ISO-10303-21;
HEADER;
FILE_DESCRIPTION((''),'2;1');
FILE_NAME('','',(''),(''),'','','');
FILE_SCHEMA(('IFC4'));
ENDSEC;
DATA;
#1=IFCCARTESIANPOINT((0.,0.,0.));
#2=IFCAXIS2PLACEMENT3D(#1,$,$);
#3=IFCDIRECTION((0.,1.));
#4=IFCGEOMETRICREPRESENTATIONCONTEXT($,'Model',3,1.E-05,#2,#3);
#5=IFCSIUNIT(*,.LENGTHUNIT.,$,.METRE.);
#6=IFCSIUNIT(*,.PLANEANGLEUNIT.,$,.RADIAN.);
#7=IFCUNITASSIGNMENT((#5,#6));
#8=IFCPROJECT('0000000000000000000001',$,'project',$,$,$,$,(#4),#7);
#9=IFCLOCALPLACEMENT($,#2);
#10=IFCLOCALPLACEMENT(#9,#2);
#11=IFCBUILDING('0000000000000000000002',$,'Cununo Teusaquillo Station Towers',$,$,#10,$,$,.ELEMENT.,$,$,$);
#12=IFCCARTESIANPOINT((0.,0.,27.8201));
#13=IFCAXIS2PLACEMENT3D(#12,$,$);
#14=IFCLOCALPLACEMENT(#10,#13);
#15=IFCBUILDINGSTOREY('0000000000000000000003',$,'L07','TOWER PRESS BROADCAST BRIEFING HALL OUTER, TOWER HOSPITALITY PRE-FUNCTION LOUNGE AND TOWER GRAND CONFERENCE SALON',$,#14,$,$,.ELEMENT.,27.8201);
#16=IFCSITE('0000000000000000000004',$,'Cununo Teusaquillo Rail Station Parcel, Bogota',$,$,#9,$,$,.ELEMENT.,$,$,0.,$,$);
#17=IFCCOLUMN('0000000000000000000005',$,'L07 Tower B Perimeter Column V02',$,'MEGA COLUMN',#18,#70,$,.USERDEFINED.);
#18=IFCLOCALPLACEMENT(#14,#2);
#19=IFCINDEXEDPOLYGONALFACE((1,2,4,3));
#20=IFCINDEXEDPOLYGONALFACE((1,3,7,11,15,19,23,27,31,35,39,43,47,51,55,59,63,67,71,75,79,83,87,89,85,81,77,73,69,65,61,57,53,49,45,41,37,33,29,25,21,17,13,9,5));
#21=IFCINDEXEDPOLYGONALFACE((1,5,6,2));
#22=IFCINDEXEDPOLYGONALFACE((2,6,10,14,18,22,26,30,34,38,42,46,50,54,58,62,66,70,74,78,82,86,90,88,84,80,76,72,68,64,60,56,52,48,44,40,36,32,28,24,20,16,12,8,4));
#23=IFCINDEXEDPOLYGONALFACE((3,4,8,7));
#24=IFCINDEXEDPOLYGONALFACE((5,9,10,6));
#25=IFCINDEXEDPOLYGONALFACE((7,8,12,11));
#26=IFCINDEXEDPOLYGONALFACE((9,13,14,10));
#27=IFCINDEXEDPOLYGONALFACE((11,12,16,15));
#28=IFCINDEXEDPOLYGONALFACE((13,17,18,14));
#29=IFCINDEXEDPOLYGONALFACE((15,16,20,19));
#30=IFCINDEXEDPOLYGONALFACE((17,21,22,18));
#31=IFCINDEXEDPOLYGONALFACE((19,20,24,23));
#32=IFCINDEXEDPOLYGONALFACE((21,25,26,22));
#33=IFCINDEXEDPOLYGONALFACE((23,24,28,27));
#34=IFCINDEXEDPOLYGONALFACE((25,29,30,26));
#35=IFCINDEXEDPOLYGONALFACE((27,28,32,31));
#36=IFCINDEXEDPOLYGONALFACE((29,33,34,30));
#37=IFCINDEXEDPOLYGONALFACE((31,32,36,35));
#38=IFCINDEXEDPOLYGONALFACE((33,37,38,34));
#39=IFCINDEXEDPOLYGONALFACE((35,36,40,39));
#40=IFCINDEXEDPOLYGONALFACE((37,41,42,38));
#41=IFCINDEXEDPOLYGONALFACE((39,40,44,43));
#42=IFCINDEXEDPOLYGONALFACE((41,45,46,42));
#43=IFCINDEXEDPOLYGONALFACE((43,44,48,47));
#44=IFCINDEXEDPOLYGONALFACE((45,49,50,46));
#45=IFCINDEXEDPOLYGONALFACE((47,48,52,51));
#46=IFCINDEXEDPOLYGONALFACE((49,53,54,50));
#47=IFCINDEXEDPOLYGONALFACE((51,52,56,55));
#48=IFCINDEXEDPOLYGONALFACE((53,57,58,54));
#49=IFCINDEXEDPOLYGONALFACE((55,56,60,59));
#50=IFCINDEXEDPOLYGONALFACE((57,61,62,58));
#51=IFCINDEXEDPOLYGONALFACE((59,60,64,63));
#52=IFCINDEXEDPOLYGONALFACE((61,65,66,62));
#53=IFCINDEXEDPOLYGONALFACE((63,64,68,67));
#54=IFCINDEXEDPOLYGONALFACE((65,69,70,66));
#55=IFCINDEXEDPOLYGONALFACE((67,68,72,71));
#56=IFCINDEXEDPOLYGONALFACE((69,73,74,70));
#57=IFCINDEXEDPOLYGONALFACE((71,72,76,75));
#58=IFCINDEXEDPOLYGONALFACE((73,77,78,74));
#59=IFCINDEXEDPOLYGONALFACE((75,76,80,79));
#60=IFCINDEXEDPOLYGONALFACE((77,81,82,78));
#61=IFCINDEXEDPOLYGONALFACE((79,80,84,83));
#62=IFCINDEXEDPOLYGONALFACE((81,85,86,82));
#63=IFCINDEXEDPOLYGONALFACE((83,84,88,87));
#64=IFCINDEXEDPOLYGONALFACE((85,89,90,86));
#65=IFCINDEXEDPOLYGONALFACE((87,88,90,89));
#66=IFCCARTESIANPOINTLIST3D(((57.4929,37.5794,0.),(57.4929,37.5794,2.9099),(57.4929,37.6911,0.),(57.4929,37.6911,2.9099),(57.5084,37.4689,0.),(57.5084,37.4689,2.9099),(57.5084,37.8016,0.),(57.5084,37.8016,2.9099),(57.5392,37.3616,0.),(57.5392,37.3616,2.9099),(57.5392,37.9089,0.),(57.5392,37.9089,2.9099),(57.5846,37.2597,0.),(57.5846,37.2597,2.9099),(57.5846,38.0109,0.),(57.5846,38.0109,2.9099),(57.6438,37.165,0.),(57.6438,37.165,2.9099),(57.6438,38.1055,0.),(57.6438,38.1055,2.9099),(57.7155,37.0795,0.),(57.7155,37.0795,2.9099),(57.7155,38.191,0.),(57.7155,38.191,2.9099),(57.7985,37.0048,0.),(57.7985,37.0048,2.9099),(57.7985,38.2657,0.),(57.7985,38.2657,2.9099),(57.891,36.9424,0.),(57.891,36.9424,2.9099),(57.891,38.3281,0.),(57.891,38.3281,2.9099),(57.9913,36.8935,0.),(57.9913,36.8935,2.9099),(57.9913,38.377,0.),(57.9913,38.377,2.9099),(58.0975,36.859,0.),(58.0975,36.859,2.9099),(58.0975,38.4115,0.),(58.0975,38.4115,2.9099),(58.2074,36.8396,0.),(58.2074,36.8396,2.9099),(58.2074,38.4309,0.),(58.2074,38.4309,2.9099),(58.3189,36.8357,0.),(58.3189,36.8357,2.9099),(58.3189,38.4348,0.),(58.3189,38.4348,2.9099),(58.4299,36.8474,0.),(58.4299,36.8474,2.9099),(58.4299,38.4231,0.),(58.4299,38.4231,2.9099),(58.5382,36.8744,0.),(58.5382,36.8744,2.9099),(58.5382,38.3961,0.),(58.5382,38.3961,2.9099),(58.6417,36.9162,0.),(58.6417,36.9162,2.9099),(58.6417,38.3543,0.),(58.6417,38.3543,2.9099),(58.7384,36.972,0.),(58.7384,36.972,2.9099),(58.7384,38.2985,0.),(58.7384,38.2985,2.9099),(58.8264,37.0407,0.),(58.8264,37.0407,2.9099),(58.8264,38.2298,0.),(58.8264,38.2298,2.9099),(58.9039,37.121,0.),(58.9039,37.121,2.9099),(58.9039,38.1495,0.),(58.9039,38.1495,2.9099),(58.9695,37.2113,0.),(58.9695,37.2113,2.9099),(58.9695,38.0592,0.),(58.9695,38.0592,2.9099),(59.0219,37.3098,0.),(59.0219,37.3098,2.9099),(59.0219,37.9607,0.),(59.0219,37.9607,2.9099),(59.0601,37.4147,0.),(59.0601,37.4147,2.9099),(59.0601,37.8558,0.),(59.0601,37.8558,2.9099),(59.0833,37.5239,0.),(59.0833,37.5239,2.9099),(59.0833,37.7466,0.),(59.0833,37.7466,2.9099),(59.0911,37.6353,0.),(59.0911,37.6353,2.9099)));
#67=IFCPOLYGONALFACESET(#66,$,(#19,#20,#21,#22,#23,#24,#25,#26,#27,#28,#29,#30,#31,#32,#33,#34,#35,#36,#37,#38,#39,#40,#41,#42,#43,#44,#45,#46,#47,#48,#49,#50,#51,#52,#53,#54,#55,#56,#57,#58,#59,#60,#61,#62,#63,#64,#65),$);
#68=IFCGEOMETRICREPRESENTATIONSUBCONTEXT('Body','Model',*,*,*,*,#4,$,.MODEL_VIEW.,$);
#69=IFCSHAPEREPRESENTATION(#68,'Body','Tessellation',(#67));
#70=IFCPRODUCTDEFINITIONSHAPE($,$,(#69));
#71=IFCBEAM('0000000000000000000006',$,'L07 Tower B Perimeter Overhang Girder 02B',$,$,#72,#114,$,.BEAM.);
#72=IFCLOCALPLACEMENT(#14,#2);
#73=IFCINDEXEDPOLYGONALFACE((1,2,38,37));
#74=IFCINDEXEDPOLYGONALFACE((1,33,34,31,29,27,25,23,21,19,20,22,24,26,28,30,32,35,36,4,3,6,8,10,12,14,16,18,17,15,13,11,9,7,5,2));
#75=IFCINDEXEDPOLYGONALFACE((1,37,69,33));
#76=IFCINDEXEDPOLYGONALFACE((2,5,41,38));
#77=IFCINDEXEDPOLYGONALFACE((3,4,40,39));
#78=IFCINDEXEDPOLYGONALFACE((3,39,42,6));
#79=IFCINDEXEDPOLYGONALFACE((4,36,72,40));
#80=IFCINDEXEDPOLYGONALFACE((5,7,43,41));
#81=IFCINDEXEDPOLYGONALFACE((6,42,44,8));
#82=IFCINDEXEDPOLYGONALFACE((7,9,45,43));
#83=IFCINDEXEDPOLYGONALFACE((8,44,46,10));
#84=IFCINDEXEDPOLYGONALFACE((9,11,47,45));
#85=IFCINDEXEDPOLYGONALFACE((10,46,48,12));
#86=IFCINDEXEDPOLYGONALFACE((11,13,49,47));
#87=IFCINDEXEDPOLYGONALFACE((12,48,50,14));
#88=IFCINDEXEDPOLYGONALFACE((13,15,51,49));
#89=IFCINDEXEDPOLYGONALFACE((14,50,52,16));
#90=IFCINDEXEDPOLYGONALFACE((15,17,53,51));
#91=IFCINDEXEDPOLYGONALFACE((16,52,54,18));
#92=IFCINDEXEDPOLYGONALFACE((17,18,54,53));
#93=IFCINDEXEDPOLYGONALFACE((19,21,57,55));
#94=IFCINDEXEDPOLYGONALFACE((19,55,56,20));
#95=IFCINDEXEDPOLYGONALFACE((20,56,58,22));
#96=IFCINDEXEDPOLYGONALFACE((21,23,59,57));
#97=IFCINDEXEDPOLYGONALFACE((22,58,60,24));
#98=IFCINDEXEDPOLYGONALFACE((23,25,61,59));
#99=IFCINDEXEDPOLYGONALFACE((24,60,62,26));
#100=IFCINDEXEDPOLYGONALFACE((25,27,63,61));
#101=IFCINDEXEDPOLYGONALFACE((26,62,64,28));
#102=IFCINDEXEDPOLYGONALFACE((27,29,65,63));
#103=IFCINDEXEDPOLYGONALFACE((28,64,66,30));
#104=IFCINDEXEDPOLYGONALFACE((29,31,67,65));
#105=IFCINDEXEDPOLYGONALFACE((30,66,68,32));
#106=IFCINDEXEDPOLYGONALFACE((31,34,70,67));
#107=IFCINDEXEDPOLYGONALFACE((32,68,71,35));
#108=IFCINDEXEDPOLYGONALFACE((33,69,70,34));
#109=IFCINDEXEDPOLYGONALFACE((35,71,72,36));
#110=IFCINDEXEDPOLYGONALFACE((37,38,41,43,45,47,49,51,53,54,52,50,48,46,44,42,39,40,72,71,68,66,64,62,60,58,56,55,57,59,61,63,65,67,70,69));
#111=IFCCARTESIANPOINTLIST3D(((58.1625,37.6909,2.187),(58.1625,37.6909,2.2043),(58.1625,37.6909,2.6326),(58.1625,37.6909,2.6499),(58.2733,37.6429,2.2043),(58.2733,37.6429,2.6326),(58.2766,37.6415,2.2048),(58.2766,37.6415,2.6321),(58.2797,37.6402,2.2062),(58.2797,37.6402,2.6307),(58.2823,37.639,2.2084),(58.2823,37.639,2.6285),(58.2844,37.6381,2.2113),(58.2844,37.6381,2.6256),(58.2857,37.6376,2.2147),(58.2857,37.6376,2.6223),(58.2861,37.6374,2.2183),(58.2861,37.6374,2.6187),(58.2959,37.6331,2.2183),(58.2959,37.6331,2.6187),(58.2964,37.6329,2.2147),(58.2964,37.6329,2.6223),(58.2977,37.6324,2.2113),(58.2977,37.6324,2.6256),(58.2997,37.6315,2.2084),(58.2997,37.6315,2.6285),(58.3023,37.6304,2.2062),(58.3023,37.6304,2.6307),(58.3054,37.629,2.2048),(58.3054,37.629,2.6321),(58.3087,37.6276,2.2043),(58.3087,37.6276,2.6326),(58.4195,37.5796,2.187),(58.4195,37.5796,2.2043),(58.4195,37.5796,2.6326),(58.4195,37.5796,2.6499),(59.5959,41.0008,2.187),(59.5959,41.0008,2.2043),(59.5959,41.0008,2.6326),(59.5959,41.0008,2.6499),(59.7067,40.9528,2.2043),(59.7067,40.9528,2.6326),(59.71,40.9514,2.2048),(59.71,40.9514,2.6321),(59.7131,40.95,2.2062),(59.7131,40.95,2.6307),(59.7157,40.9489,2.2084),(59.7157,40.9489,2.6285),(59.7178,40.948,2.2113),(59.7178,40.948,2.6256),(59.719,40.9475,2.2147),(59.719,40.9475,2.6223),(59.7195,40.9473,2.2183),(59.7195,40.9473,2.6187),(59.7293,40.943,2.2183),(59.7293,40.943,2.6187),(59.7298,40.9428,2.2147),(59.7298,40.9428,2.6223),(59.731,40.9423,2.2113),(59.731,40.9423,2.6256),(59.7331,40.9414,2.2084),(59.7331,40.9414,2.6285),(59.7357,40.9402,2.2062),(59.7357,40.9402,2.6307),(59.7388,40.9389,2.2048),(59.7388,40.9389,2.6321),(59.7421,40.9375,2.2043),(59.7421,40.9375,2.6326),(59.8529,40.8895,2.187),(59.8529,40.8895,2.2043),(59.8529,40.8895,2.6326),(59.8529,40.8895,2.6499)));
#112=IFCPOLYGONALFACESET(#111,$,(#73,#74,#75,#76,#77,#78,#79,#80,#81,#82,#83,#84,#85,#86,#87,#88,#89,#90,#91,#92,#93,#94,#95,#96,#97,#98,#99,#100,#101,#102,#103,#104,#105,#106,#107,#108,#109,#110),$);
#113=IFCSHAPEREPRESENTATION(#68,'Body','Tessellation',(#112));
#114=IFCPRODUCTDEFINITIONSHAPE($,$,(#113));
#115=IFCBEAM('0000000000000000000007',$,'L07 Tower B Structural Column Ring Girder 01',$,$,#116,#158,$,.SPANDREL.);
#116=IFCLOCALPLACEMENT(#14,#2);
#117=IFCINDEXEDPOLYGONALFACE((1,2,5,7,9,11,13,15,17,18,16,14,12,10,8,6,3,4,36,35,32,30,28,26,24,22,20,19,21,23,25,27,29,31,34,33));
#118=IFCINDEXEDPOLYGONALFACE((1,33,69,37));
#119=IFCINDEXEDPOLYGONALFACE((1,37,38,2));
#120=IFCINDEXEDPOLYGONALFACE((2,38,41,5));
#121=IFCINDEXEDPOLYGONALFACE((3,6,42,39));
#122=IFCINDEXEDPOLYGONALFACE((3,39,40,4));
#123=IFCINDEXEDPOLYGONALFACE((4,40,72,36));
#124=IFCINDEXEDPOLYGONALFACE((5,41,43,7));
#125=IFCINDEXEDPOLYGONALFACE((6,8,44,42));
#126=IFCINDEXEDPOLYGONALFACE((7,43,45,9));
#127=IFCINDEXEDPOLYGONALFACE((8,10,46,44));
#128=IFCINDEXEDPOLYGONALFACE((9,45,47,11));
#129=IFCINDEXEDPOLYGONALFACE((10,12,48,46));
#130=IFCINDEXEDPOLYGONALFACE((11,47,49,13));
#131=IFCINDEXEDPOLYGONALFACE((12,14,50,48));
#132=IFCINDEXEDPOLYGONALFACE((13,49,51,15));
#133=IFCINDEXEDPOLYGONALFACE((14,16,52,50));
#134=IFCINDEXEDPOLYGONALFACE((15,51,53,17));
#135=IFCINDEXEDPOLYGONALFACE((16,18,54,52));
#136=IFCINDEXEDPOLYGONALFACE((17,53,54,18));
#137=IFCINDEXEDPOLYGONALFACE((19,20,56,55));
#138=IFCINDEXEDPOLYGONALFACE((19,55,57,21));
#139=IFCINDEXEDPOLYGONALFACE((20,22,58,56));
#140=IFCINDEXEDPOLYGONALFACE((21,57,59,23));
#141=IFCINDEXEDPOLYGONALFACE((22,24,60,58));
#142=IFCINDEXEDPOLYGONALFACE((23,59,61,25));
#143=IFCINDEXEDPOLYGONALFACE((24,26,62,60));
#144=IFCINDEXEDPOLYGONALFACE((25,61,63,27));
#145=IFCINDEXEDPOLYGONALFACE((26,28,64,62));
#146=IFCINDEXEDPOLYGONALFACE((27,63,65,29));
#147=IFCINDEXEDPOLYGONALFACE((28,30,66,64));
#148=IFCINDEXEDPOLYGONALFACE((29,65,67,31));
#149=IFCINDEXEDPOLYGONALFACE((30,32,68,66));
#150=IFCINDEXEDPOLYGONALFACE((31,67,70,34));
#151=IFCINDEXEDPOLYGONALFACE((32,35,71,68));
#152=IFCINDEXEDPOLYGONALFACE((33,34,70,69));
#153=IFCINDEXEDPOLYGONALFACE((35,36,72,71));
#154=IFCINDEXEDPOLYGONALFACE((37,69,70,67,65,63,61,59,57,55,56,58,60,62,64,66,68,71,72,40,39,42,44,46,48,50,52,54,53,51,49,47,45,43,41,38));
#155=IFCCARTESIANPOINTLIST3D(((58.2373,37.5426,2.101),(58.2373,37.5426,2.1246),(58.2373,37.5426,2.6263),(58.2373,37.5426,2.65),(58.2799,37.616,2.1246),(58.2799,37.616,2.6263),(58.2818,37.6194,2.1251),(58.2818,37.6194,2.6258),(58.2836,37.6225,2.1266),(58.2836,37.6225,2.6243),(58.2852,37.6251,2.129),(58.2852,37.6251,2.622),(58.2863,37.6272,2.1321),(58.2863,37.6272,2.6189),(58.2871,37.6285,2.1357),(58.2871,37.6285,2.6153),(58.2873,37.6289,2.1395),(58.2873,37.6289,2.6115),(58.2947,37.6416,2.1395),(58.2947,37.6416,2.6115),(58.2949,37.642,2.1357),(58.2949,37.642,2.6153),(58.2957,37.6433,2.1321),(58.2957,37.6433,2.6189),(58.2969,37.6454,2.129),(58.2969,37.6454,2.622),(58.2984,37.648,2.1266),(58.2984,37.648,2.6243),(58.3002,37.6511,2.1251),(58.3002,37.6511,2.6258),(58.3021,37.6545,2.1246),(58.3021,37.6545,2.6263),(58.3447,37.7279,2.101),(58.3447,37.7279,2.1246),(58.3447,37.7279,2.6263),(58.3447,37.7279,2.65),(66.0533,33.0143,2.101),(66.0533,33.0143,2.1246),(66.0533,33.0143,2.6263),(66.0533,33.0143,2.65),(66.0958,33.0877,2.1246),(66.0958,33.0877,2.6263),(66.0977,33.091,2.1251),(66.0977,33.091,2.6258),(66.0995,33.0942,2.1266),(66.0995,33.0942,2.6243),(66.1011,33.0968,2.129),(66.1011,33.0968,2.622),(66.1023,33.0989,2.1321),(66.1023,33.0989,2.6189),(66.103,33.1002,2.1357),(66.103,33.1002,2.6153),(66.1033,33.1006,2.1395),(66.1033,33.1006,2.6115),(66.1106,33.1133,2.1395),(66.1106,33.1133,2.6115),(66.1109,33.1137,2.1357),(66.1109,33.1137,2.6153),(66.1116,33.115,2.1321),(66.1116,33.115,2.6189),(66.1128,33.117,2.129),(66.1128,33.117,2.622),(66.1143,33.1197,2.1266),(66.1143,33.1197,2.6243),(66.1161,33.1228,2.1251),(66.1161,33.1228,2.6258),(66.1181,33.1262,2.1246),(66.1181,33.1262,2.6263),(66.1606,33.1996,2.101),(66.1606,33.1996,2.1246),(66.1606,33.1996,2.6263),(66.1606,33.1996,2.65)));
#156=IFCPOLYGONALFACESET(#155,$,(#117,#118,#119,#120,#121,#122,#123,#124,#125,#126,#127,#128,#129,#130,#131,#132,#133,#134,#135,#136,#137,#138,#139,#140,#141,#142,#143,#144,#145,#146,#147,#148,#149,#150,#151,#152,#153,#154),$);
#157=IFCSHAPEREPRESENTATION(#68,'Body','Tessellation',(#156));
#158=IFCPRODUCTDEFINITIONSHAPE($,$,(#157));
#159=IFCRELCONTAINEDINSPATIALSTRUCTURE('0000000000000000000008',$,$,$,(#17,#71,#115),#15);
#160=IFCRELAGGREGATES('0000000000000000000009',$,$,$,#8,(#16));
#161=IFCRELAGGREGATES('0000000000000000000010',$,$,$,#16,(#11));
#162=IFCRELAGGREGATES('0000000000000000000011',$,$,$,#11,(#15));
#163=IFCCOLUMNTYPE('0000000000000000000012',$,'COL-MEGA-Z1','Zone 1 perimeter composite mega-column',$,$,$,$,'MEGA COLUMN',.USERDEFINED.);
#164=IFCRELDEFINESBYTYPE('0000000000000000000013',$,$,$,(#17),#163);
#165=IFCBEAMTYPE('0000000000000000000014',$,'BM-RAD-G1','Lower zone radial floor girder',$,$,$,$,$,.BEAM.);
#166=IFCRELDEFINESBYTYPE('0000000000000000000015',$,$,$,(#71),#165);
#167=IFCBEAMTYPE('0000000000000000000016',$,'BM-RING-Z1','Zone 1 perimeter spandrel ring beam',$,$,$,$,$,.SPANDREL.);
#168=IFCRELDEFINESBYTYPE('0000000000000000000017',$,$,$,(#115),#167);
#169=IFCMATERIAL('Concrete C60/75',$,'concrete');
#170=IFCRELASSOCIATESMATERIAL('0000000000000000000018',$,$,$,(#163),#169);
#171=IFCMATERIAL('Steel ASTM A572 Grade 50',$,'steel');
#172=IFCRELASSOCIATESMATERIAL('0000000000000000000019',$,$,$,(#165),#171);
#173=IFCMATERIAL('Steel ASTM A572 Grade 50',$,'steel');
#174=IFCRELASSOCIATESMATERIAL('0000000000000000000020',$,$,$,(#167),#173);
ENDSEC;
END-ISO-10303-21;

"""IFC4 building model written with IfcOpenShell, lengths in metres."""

from ifc_helpers import new_model, si_unit, direction, frame, origin, origin_2d, place, context, subcontext, project, spatial, circle, i_section, extrude, material, material_profile, profile_set, type_object, element, save


model = new_model("IFC4")

# Units and contexts
model_context = context("Model", 3, precision=1e-05, world=origin(), true_north=direction((0.0, 1.0)))
body_context = subcontext(model_context, "Body", "Model", "MODEL_VIEW")
ifc_project = project(units=[si_unit("LENGTHUNIT", "METRE"), si_unit("PLANEANGLEUNIT", "RADIAN")], contexts=[model_context])

# Site, building, storey
site_placement = place(None, origin())
site = spatial("IfcSite", under=ifc_project, at=site_placement, Name="Cununo Teusaquillo Rail Station Parcel, Bogota", CompositionType="ELEMENT", RefElevation=0.0)
building_placement = place(site_placement, origin())
building = spatial("IfcBuilding", under=site, at=building_placement, Name="Cununo Teusaquillo Station Towers", CompositionType="ELEMENT")
storey_placement = place(building_placement, frame((0.0, 0.0, 27.8201)))
storey = spatial("IfcBuildingStorey", under=building, at=storey_placement, Name="L07", Description="TOWER PRESS BROADCAST BRIEFING HALL OUTER, TOWER HOSPITALITY PRE-FUNCTION LOUNGE AND TOWER GRAND CONFERENCE SALON", CompositionType="ELEMENT", Elevation=27.8201)

# Column
ifc_material_1 = material(Name="Concrete C60/75", Category="concrete")
ifc_material_profile_1 = material_profile(ifc_material_1, circle(Radius=0.8, at=origin_2d()), Name="RC-CIRC-1600")
ifc_profile_set_1 = profile_set([ifc_material_profile_1], Name="Concrete C60/75")
column_type = type_object("IfcColumnType", Name="COL-MEGA-Z1", Description="Zone 1 perimeter composite mega-column", ElementType="MEGA COLUMN", PredefinedType="USERDEFINED", material=ifc_profile_set_1)
column_placement = place(storey_placement, frame((58.291, 37.6353, 0.0), z_axis=(0.0, 0.0, 1.0), x_axis=(1.0, 0.0, 0.0)))
element("IfcColumn", 1, at=column_placement, inside=storey, type_object=column_type, Name="L07 Tower B Perimeter Column V02", ObjectType="MEGA COLUMN", PredefinedType="USERDEFINED", context=body_context, shape_type="SweptSolid", body=[
    extrude(circle(Radius=0.8, at=origin_2d()), origin(), (0.0, 0.0, 1.0), 2.9099),
])

# Beams
ifc_material_2 = material(Name="Steel ASTM A572 Grade 50", Category="steel")
ifc_material_profile_2 = material_profile(ifc_material_2, i_section(OverallWidth=0.28, OverallDepth=0.4629, WebThickness=0.0107, FlangeThickness=0.0173, FilletRadius=0.0139, at=origin_2d()), Name="W18X76")
ifc_profile_set_2 = profile_set([ifc_material_profile_2], Name="Steel ASTM A572 Grade 50")
beam_type_1 = type_object("IfcBeamType", Name="BM-RAD-G1", Description="Lower zone radial floor girder", PredefinedType="BEAM", material=ifc_profile_set_2)
beam_1_placement = place(storey_placement, frame((58.291, 37.6353, 2.4185), z_axis=(0.397397, 0.917647, 0.0), x_axis=(-0.917647, 0.397397, 0.0)))
element("IfcBeam", 2, at=beam_1_placement, inside=storey, type_object=beam_type_1, Name="L07 Tower B Perimeter Overhang Girder 02B", PredefinedType="BEAM", context=body_context, shape_type="SweptSolid", body=[
    extrude(i_section(OverallWidth=0.28, OverallDepth=0.4629, WebThickness=0.0107, FlangeThickness=0.0173, FilletRadius=0.0139, at=origin_2d()), origin(), (0.0, 0.0, 1.0), 3.6069),
])
ifc_material_3 = material(Name="Steel ASTM A572 Grade 50", Category="steel")
ifc_material_profile_3 = material_profile(ifc_material_3, i_section(OverallWidth=0.2141, OverallDepth=0.5491, WebThickness=0.0146, FlangeThickness=0.0237, FilletRadius=0.0149, at=origin_2d()), Name="W21X93")
ifc_profile_set_3 = profile_set([ifc_material_profile_3], Name="Steel ASTM A572 Grade 50")
beam_type_2 = type_object("IfcBeamType", Name="BM-RING-Z1", Description="Zone 1 perimeter spandrel ring beam", PredefinedType="SPANDREL", material=ifc_profile_set_3)
beam_2_placement = place(storey_placement, frame((66.1069, 33.1069, 2.3755), z_axis=(-0.865267, 0.501311, 0.0), x_axis=(-0.501311, -0.865267, 0.0)))
element("IfcBeam", 3, at=beam_2_placement, inside=storey, type_object=beam_type_2, Name="L07 Tower B Structural Column Ring Girder 01", PredefinedType="SPANDREL", context=body_context, shape_type="SweptSolid", body=[
    extrude(i_section(OverallWidth=0.2141, OverallDepth=0.5491, WebThickness=0.0146, FlangeThickness=0.0237, FilletRadius=0.0149, at=origin_2d()), origin(), (0.0, 0.0, 1.0), 9.033),
])

save(model, "model.ifc")
